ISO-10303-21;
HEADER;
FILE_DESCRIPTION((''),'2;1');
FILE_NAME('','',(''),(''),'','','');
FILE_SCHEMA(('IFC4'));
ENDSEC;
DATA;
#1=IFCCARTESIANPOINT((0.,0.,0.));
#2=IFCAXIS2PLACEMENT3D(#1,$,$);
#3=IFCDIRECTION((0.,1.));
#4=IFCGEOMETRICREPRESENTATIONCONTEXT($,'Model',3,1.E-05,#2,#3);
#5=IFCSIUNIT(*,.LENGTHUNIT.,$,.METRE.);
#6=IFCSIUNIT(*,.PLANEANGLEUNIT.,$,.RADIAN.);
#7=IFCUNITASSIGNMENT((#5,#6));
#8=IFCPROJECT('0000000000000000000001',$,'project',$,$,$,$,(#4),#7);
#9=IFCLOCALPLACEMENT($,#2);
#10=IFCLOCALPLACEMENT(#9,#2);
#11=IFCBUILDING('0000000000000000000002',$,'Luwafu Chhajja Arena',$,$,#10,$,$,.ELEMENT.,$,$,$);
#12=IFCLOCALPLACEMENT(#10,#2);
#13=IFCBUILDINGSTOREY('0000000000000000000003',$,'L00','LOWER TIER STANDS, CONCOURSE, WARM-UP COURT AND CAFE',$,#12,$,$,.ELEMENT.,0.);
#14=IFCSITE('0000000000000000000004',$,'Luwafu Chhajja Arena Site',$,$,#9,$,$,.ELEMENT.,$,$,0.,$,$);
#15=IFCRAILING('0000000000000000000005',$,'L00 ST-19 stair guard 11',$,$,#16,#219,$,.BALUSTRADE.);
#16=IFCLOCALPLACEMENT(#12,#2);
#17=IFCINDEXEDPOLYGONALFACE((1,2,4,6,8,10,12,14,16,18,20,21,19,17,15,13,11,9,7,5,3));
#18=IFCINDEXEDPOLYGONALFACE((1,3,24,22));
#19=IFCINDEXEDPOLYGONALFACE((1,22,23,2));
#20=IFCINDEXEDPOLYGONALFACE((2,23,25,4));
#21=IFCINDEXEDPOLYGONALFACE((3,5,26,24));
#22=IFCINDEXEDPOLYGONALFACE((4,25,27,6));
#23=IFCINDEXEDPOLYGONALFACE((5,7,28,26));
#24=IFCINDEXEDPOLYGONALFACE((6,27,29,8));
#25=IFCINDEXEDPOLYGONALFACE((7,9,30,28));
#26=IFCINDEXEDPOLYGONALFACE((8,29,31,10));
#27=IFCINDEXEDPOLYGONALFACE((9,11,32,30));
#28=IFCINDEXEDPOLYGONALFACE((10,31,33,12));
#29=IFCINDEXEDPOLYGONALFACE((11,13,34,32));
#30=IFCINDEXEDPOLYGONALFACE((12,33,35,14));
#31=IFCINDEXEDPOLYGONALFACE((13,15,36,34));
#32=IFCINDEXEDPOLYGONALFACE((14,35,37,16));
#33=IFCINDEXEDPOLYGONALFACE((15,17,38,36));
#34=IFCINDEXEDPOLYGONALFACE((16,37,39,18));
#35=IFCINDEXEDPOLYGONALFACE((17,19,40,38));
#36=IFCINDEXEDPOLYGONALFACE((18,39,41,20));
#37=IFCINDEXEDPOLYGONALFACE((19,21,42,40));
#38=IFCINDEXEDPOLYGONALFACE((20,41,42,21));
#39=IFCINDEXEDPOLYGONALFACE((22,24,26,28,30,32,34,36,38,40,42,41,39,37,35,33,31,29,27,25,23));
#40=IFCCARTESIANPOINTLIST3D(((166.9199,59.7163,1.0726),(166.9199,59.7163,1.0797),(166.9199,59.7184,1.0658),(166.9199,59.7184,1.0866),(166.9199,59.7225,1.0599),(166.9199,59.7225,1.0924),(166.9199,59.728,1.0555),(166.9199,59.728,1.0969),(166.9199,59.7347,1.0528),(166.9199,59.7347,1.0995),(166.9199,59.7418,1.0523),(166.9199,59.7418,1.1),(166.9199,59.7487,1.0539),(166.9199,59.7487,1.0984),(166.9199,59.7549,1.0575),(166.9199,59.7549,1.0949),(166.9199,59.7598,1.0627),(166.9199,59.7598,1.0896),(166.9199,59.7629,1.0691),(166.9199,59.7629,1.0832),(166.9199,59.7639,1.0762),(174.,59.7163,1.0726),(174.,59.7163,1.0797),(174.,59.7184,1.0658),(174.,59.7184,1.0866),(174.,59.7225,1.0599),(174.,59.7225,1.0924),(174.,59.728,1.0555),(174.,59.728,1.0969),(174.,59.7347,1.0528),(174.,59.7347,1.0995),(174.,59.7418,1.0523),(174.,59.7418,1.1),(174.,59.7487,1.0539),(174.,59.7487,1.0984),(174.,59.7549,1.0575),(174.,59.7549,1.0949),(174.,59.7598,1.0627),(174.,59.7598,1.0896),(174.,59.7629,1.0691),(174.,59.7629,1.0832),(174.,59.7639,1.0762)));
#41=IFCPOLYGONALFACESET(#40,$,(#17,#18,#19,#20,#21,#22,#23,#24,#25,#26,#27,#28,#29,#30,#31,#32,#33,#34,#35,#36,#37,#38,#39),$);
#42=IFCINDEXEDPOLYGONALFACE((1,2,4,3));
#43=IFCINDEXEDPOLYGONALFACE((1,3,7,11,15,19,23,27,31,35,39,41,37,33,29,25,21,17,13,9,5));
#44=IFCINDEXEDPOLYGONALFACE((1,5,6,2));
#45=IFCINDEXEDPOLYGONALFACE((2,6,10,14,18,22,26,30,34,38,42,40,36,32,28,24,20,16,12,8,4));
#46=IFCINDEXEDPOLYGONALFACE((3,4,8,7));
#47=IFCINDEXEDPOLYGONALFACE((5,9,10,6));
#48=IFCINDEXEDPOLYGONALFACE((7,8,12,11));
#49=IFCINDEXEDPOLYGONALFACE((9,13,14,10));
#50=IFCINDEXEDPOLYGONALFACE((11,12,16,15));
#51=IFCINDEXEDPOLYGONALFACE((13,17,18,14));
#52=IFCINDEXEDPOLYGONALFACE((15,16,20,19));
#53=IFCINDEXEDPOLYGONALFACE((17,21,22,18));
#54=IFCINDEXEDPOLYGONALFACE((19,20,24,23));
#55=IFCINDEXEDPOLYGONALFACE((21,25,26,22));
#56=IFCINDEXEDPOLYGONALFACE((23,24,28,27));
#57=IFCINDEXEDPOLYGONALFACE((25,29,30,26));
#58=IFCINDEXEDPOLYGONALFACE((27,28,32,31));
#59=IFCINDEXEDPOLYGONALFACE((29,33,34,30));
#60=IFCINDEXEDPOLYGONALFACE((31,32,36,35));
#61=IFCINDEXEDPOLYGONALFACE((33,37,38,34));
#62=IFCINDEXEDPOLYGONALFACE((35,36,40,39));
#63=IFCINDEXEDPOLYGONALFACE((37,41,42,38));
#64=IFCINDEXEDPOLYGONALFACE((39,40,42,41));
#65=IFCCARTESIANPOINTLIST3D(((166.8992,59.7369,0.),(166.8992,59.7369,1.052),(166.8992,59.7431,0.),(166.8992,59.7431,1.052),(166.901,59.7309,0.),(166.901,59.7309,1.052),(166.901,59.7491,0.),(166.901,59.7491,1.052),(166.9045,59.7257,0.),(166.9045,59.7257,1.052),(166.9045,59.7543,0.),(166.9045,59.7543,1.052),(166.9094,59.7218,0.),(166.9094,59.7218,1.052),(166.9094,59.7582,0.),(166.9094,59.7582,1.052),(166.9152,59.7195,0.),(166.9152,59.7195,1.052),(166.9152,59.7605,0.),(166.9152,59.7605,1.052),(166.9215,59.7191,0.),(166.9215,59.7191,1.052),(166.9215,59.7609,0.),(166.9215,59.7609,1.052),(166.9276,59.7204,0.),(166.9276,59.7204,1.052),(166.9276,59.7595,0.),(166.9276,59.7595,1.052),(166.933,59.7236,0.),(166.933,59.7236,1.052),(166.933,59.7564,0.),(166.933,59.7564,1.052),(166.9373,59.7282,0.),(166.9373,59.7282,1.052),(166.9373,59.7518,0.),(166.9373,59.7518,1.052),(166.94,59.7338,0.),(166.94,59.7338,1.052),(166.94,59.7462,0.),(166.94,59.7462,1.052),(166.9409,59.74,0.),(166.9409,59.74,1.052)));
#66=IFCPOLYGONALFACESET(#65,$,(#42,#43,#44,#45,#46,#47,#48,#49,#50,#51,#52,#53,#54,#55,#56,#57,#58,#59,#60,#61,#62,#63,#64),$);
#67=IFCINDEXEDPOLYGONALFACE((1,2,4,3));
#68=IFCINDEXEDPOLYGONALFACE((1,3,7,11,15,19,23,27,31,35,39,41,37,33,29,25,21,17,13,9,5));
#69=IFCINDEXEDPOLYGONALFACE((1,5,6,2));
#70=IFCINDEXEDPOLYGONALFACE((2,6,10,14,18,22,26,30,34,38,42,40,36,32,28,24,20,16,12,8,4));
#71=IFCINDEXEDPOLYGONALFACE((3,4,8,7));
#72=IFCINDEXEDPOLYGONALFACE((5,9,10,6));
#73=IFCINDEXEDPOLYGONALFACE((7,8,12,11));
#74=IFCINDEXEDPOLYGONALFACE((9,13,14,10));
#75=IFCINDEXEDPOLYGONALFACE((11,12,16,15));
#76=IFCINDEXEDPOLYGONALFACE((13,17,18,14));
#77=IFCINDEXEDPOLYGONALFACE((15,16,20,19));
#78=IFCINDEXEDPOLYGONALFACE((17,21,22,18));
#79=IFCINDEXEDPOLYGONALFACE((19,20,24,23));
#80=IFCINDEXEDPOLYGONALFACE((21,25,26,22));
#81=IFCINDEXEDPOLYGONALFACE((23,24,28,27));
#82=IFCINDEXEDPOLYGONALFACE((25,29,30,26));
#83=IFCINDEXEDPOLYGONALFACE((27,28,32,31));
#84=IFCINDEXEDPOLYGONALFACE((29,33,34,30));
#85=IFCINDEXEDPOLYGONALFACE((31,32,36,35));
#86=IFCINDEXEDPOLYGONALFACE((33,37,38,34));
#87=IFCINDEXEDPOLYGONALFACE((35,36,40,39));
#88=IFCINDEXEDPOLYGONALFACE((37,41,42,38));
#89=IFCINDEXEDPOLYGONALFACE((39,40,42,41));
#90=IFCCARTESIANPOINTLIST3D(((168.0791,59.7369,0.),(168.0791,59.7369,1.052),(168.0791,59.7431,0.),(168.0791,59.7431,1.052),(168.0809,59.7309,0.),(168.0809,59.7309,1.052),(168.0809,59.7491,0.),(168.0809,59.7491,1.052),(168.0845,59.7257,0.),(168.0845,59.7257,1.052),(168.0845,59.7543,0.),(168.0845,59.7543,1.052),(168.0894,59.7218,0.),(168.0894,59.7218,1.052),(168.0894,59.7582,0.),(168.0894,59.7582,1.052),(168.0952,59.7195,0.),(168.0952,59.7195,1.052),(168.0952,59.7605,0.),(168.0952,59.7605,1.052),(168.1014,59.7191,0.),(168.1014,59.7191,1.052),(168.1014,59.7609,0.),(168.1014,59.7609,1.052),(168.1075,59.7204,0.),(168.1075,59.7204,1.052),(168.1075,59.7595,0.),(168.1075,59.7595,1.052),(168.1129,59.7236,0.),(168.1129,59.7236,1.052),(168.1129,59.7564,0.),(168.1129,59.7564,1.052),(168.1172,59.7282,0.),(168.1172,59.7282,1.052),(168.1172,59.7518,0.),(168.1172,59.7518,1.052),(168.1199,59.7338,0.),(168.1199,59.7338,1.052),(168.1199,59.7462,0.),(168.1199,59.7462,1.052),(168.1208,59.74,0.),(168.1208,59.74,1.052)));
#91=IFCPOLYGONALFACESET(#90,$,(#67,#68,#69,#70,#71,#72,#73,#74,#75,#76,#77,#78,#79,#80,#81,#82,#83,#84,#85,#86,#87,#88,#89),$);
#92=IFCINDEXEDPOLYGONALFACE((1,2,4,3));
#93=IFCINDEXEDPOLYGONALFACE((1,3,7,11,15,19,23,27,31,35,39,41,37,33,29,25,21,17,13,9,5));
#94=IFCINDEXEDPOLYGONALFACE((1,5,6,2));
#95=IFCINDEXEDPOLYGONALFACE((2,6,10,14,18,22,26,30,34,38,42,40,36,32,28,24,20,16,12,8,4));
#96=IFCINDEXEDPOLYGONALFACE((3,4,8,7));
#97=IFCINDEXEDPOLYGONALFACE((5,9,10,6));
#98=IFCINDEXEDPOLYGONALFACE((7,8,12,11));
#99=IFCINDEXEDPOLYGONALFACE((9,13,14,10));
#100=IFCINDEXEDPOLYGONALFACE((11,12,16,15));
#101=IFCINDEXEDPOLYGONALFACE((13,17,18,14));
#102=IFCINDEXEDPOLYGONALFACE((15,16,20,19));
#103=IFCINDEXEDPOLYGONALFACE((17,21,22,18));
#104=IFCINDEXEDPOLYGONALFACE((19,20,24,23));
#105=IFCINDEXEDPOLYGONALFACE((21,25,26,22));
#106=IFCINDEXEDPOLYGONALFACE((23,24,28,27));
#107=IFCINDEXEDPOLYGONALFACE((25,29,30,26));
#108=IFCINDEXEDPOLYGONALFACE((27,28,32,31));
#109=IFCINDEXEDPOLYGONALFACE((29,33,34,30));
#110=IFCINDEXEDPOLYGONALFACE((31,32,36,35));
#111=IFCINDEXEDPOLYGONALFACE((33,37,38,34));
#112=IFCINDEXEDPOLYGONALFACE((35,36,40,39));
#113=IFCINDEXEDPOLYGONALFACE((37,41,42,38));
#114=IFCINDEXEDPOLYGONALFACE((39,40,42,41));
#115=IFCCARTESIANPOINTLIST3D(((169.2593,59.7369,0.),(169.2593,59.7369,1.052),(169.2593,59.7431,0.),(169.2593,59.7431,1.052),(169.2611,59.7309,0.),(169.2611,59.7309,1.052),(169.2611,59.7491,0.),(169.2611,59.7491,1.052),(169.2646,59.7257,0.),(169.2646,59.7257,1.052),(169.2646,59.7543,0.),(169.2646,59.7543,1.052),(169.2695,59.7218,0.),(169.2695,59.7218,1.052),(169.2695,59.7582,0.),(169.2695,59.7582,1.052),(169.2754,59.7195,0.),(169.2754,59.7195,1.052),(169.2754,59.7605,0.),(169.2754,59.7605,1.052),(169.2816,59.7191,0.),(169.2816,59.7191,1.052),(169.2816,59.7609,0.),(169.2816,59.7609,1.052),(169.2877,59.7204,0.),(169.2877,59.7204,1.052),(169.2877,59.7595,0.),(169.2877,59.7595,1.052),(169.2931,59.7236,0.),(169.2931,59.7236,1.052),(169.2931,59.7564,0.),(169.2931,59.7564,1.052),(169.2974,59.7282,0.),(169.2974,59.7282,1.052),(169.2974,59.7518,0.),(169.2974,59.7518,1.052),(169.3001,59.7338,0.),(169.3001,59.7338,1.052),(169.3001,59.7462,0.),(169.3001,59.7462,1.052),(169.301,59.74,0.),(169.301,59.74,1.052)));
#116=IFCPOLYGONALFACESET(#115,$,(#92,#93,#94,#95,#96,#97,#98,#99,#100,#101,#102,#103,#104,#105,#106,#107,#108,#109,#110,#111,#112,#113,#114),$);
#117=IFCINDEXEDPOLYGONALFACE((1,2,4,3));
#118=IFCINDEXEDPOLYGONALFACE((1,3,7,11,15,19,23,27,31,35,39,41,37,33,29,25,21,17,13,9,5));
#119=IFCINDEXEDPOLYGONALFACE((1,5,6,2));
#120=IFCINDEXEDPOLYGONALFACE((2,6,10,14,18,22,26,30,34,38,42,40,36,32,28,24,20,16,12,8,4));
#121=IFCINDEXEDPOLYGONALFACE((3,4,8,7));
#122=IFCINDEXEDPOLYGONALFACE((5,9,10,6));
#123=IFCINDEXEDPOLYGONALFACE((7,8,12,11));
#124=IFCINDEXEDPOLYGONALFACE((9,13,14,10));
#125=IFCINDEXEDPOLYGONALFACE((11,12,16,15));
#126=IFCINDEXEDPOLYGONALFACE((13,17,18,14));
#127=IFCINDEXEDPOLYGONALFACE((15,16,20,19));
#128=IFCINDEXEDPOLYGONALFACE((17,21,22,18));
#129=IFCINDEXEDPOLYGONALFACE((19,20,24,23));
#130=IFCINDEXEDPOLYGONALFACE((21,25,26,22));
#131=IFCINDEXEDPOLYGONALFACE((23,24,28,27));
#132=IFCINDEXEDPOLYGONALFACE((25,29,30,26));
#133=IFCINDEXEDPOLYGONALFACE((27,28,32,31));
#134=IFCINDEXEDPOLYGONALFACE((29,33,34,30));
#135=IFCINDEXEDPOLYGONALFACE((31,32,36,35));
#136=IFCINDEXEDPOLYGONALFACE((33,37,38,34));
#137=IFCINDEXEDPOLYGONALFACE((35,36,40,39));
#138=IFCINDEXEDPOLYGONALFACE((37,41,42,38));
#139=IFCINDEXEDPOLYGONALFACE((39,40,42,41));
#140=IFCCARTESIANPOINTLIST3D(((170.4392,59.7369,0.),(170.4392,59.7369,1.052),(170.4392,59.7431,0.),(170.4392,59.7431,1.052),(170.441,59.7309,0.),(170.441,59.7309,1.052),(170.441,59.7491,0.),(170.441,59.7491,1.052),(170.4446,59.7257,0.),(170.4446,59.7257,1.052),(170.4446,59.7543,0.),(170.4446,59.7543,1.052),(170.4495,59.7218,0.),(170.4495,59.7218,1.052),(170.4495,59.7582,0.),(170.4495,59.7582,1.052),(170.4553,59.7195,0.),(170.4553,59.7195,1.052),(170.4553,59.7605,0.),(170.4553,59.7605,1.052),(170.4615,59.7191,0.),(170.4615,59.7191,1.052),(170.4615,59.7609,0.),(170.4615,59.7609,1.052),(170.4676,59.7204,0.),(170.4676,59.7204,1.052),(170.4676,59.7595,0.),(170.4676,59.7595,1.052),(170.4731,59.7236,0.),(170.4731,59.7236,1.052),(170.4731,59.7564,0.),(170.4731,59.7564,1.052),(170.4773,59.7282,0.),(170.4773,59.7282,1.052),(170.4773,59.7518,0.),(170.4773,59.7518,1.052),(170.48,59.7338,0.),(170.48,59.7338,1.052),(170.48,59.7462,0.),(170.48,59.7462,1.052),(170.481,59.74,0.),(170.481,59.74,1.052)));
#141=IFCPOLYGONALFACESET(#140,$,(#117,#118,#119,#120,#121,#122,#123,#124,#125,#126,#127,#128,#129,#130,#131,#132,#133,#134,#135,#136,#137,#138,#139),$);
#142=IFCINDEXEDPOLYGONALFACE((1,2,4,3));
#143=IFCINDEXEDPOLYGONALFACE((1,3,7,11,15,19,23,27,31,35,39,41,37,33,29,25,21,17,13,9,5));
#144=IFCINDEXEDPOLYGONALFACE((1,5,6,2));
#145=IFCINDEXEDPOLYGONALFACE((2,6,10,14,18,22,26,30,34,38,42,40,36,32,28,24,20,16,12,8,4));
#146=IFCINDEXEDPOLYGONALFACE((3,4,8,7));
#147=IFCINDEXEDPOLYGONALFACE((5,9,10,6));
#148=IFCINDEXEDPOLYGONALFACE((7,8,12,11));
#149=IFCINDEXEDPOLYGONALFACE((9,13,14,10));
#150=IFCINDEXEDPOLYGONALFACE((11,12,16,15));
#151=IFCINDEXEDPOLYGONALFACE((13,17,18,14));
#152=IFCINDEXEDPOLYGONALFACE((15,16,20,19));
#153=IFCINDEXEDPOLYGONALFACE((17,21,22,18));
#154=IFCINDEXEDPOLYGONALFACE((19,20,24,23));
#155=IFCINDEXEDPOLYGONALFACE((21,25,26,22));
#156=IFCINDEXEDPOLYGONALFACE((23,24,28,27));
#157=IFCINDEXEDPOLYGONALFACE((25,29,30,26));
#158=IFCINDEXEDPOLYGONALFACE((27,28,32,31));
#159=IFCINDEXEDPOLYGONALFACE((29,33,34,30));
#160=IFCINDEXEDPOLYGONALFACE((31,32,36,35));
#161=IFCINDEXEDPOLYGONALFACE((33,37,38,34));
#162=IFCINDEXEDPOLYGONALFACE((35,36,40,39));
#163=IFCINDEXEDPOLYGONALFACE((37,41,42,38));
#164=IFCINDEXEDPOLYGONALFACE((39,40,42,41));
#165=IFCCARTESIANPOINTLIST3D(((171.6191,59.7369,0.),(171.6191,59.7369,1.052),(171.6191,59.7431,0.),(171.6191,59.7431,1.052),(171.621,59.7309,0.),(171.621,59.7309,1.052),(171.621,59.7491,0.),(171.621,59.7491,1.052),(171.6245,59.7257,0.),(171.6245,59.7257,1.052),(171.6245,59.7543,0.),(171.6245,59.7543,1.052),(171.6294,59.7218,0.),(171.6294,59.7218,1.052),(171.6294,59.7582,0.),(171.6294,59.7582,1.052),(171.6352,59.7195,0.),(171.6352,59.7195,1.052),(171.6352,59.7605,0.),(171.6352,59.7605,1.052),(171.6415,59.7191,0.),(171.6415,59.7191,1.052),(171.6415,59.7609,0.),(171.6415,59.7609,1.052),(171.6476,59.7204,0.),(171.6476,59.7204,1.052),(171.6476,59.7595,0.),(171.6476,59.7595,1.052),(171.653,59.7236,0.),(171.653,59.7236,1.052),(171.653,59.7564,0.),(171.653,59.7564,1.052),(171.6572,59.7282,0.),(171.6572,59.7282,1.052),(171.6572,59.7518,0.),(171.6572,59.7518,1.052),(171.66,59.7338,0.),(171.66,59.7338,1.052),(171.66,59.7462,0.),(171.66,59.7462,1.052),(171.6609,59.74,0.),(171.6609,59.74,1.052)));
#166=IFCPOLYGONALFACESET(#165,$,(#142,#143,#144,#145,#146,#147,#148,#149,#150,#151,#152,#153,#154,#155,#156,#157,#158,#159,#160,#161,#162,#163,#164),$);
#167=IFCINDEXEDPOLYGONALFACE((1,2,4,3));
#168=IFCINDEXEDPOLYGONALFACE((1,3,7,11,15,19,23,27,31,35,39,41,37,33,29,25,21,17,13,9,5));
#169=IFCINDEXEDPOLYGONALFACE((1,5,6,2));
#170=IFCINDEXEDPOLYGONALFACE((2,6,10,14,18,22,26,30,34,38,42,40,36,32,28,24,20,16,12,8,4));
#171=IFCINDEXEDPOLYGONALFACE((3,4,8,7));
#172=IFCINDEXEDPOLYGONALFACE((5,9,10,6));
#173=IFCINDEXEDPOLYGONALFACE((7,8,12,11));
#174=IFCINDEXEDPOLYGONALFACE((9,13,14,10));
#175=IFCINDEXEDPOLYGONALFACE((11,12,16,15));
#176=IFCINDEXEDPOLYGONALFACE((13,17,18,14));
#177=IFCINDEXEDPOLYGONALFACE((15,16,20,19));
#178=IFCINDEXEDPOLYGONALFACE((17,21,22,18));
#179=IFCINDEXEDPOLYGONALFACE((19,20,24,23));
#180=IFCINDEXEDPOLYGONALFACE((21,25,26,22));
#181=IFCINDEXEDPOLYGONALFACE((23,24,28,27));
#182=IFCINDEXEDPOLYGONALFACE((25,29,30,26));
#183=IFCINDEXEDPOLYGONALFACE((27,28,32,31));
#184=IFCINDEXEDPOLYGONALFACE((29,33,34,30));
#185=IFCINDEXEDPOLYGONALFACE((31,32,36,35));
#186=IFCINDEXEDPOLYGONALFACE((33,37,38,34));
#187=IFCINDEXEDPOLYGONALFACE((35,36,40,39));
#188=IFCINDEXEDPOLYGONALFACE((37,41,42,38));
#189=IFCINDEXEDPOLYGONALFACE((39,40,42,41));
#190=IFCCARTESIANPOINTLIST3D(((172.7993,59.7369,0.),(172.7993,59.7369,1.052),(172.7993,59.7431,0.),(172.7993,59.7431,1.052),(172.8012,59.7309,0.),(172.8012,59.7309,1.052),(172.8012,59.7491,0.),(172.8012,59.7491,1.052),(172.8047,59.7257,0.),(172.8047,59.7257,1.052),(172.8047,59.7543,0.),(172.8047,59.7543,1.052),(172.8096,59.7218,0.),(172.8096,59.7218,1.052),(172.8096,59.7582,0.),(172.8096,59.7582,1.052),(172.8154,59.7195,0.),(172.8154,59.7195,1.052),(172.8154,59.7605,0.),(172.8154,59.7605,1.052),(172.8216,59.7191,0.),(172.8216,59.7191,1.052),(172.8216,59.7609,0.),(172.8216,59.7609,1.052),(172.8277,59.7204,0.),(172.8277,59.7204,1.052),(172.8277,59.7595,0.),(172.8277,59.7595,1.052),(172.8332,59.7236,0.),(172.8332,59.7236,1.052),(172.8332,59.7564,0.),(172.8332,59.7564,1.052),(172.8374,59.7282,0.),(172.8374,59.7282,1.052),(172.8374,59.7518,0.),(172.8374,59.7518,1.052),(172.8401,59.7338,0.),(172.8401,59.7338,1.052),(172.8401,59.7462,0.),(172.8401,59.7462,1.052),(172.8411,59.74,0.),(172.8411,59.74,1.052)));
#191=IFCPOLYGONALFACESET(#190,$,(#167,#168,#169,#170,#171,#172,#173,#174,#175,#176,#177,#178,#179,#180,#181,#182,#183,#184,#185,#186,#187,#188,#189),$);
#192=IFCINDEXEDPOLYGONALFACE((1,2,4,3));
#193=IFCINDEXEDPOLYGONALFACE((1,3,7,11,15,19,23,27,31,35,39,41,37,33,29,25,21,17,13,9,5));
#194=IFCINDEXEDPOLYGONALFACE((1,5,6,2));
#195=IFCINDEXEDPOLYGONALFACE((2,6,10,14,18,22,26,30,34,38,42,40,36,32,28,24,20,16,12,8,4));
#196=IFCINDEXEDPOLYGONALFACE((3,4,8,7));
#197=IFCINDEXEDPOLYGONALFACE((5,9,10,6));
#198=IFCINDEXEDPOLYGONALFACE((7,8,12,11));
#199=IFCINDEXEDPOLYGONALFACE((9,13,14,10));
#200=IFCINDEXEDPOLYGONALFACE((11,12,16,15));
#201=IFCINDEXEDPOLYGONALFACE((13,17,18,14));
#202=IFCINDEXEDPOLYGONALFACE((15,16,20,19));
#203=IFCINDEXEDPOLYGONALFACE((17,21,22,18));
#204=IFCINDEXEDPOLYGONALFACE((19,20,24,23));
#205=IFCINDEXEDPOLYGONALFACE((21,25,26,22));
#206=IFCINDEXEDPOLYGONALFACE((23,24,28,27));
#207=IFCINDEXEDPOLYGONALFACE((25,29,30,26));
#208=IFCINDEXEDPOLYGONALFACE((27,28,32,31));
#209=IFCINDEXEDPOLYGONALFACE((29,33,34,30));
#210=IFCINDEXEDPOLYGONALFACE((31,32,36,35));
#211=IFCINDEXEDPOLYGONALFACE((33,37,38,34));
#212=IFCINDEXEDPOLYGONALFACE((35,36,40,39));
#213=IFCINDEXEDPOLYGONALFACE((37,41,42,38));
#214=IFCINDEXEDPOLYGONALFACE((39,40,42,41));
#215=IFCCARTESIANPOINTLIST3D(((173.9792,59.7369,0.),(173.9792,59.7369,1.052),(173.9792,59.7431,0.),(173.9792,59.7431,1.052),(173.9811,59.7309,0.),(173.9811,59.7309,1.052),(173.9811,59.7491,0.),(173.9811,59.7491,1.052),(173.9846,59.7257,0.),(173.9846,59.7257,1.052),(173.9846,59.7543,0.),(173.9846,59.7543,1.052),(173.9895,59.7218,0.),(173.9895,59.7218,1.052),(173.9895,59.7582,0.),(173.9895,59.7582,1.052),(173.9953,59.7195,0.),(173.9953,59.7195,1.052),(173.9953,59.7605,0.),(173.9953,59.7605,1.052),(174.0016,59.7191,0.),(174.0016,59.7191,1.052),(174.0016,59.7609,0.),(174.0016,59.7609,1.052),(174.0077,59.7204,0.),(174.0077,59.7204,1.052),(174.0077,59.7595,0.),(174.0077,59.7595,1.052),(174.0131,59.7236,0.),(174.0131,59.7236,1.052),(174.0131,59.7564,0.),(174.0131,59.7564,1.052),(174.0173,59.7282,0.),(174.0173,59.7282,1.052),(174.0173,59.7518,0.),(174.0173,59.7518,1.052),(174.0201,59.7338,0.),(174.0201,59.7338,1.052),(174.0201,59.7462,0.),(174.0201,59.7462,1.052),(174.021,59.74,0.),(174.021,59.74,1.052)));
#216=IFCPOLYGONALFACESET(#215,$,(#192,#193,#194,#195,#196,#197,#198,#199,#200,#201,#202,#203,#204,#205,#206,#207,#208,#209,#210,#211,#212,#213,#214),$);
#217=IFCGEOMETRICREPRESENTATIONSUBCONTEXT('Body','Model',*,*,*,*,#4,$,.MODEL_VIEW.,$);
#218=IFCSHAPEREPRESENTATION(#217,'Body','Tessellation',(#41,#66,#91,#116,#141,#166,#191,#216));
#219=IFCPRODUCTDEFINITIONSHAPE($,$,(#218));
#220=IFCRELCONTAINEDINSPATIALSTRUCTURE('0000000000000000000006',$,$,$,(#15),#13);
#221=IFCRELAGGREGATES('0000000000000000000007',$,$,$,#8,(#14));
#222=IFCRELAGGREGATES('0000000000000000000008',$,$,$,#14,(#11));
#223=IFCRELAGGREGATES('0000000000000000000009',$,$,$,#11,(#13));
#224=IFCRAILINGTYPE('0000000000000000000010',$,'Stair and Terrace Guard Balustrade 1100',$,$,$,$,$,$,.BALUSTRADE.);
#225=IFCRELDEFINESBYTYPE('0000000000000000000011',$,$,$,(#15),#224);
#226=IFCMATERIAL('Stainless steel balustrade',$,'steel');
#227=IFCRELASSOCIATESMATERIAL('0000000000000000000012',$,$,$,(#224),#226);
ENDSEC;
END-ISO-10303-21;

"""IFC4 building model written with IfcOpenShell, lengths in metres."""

from ifc_helpers import new_model, si_unit, direction, frame, origin, origin_2d, place, context, subcontext, project, spatial, circle, extrude, material, type_object, element, save


model = new_model("IFC4")

# Units and contexts
model_context = context("Model", 3, precision=1e-05, world=origin(), true_north=direction((0.0, 1.0)))
body_context = subcontext(model_context, "Body", "Model", "MODEL_VIEW")
ifc_project = project(units=[si_unit("LENGTHUNIT", "METRE"), si_unit("PLANEANGLEUNIT", "RADIAN")], contexts=[model_context])

# Site, building, storey
site_placement = place(None, origin())
site = spatial("IfcSite", under=ifc_project, at=site_placement, Name="Luwafu Chhajja Arena Site", CompositionType="ELEMENT", RefElevation=0.0)
building_placement = place(site_placement, origin())
building = spatial("IfcBuilding", under=site, at=building_placement, Name="Luwafu Chhajja Arena", CompositionType="ELEMENT")
storey_placement = place(building_placement, origin())
storey = spatial("IfcBuildingStorey", under=building, at=storey_placement, Name="L00", Description="LOWER TIER STANDS, CONCOURSE, WARM-UP COURT AND CAFE", CompositionType="ELEMENT", Elevation=0.0)

# Railing
ifc_material_1 = material(Name="Stainless steel balustrade", Category="steel")
railing_type_1 = type_object("IfcRailingType", Name="Stair and Terrace Guard Balustrade 1100", PredefinedType="BALUSTRADE", material=ifc_material_1)
for number, where, name in (
    (1, (166.9199, 59.74, 0.0), "L00 ST-19 stair guard 11"),
):
    element("IfcRailing", number, at=place(storey_placement, frame(where)), inside=storey, type_object=railing_type_1, Name=name, PredefinedType="BALUSTRADE", context=body_context, shape_type="SweptSolid", body=[
        extrude(circle(Radius=0.0239, at=origin_2d()), frame((0.0, 0.0, 1.0762), z_axis=(1.0, 0.0, 0.0), x_axis=(0.0, 1.0, 0.0)), (0.0, 0.0, 1.0), 7.0801),
        extrude(circle(Radius=0.021, at=origin_2d()), origin(), (0.0, 0.0, 1.0), 1.052),
        extrude(circle(Radius=0.021, at=origin_2d()), frame((1.1799, 0.0, 0.0)), (0.0, 0.0, 1.0), 1.052),
        extrude(circle(Radius=0.021, at=origin_2d()), frame((2.3601, 0.0, 0.0)), (0.0, 0.0, 1.0), 1.052),
        extrude(circle(Radius=0.021, at=origin_2d()), frame((3.54, 0.0, 0.0)), (0.0, 0.0, 1.0), 1.052),
        extrude(circle(Radius=0.021, at=origin_2d()), frame((4.72, 0.0, 0.0)), (0.0, 0.0, 1.0), 1.052),
        extrude(circle(Radius=0.021, at=origin_2d()), frame((5.9001, 0.0, 0.0)), (0.0, 0.0, 1.0), 1.052),
        extrude(circle(Radius=0.021, at=origin_2d()), frame((7.0801, 0.0, 0.0)), (0.0, 0.0, 1.0), 1.052),
    ])

save(model, "model.ifc")
